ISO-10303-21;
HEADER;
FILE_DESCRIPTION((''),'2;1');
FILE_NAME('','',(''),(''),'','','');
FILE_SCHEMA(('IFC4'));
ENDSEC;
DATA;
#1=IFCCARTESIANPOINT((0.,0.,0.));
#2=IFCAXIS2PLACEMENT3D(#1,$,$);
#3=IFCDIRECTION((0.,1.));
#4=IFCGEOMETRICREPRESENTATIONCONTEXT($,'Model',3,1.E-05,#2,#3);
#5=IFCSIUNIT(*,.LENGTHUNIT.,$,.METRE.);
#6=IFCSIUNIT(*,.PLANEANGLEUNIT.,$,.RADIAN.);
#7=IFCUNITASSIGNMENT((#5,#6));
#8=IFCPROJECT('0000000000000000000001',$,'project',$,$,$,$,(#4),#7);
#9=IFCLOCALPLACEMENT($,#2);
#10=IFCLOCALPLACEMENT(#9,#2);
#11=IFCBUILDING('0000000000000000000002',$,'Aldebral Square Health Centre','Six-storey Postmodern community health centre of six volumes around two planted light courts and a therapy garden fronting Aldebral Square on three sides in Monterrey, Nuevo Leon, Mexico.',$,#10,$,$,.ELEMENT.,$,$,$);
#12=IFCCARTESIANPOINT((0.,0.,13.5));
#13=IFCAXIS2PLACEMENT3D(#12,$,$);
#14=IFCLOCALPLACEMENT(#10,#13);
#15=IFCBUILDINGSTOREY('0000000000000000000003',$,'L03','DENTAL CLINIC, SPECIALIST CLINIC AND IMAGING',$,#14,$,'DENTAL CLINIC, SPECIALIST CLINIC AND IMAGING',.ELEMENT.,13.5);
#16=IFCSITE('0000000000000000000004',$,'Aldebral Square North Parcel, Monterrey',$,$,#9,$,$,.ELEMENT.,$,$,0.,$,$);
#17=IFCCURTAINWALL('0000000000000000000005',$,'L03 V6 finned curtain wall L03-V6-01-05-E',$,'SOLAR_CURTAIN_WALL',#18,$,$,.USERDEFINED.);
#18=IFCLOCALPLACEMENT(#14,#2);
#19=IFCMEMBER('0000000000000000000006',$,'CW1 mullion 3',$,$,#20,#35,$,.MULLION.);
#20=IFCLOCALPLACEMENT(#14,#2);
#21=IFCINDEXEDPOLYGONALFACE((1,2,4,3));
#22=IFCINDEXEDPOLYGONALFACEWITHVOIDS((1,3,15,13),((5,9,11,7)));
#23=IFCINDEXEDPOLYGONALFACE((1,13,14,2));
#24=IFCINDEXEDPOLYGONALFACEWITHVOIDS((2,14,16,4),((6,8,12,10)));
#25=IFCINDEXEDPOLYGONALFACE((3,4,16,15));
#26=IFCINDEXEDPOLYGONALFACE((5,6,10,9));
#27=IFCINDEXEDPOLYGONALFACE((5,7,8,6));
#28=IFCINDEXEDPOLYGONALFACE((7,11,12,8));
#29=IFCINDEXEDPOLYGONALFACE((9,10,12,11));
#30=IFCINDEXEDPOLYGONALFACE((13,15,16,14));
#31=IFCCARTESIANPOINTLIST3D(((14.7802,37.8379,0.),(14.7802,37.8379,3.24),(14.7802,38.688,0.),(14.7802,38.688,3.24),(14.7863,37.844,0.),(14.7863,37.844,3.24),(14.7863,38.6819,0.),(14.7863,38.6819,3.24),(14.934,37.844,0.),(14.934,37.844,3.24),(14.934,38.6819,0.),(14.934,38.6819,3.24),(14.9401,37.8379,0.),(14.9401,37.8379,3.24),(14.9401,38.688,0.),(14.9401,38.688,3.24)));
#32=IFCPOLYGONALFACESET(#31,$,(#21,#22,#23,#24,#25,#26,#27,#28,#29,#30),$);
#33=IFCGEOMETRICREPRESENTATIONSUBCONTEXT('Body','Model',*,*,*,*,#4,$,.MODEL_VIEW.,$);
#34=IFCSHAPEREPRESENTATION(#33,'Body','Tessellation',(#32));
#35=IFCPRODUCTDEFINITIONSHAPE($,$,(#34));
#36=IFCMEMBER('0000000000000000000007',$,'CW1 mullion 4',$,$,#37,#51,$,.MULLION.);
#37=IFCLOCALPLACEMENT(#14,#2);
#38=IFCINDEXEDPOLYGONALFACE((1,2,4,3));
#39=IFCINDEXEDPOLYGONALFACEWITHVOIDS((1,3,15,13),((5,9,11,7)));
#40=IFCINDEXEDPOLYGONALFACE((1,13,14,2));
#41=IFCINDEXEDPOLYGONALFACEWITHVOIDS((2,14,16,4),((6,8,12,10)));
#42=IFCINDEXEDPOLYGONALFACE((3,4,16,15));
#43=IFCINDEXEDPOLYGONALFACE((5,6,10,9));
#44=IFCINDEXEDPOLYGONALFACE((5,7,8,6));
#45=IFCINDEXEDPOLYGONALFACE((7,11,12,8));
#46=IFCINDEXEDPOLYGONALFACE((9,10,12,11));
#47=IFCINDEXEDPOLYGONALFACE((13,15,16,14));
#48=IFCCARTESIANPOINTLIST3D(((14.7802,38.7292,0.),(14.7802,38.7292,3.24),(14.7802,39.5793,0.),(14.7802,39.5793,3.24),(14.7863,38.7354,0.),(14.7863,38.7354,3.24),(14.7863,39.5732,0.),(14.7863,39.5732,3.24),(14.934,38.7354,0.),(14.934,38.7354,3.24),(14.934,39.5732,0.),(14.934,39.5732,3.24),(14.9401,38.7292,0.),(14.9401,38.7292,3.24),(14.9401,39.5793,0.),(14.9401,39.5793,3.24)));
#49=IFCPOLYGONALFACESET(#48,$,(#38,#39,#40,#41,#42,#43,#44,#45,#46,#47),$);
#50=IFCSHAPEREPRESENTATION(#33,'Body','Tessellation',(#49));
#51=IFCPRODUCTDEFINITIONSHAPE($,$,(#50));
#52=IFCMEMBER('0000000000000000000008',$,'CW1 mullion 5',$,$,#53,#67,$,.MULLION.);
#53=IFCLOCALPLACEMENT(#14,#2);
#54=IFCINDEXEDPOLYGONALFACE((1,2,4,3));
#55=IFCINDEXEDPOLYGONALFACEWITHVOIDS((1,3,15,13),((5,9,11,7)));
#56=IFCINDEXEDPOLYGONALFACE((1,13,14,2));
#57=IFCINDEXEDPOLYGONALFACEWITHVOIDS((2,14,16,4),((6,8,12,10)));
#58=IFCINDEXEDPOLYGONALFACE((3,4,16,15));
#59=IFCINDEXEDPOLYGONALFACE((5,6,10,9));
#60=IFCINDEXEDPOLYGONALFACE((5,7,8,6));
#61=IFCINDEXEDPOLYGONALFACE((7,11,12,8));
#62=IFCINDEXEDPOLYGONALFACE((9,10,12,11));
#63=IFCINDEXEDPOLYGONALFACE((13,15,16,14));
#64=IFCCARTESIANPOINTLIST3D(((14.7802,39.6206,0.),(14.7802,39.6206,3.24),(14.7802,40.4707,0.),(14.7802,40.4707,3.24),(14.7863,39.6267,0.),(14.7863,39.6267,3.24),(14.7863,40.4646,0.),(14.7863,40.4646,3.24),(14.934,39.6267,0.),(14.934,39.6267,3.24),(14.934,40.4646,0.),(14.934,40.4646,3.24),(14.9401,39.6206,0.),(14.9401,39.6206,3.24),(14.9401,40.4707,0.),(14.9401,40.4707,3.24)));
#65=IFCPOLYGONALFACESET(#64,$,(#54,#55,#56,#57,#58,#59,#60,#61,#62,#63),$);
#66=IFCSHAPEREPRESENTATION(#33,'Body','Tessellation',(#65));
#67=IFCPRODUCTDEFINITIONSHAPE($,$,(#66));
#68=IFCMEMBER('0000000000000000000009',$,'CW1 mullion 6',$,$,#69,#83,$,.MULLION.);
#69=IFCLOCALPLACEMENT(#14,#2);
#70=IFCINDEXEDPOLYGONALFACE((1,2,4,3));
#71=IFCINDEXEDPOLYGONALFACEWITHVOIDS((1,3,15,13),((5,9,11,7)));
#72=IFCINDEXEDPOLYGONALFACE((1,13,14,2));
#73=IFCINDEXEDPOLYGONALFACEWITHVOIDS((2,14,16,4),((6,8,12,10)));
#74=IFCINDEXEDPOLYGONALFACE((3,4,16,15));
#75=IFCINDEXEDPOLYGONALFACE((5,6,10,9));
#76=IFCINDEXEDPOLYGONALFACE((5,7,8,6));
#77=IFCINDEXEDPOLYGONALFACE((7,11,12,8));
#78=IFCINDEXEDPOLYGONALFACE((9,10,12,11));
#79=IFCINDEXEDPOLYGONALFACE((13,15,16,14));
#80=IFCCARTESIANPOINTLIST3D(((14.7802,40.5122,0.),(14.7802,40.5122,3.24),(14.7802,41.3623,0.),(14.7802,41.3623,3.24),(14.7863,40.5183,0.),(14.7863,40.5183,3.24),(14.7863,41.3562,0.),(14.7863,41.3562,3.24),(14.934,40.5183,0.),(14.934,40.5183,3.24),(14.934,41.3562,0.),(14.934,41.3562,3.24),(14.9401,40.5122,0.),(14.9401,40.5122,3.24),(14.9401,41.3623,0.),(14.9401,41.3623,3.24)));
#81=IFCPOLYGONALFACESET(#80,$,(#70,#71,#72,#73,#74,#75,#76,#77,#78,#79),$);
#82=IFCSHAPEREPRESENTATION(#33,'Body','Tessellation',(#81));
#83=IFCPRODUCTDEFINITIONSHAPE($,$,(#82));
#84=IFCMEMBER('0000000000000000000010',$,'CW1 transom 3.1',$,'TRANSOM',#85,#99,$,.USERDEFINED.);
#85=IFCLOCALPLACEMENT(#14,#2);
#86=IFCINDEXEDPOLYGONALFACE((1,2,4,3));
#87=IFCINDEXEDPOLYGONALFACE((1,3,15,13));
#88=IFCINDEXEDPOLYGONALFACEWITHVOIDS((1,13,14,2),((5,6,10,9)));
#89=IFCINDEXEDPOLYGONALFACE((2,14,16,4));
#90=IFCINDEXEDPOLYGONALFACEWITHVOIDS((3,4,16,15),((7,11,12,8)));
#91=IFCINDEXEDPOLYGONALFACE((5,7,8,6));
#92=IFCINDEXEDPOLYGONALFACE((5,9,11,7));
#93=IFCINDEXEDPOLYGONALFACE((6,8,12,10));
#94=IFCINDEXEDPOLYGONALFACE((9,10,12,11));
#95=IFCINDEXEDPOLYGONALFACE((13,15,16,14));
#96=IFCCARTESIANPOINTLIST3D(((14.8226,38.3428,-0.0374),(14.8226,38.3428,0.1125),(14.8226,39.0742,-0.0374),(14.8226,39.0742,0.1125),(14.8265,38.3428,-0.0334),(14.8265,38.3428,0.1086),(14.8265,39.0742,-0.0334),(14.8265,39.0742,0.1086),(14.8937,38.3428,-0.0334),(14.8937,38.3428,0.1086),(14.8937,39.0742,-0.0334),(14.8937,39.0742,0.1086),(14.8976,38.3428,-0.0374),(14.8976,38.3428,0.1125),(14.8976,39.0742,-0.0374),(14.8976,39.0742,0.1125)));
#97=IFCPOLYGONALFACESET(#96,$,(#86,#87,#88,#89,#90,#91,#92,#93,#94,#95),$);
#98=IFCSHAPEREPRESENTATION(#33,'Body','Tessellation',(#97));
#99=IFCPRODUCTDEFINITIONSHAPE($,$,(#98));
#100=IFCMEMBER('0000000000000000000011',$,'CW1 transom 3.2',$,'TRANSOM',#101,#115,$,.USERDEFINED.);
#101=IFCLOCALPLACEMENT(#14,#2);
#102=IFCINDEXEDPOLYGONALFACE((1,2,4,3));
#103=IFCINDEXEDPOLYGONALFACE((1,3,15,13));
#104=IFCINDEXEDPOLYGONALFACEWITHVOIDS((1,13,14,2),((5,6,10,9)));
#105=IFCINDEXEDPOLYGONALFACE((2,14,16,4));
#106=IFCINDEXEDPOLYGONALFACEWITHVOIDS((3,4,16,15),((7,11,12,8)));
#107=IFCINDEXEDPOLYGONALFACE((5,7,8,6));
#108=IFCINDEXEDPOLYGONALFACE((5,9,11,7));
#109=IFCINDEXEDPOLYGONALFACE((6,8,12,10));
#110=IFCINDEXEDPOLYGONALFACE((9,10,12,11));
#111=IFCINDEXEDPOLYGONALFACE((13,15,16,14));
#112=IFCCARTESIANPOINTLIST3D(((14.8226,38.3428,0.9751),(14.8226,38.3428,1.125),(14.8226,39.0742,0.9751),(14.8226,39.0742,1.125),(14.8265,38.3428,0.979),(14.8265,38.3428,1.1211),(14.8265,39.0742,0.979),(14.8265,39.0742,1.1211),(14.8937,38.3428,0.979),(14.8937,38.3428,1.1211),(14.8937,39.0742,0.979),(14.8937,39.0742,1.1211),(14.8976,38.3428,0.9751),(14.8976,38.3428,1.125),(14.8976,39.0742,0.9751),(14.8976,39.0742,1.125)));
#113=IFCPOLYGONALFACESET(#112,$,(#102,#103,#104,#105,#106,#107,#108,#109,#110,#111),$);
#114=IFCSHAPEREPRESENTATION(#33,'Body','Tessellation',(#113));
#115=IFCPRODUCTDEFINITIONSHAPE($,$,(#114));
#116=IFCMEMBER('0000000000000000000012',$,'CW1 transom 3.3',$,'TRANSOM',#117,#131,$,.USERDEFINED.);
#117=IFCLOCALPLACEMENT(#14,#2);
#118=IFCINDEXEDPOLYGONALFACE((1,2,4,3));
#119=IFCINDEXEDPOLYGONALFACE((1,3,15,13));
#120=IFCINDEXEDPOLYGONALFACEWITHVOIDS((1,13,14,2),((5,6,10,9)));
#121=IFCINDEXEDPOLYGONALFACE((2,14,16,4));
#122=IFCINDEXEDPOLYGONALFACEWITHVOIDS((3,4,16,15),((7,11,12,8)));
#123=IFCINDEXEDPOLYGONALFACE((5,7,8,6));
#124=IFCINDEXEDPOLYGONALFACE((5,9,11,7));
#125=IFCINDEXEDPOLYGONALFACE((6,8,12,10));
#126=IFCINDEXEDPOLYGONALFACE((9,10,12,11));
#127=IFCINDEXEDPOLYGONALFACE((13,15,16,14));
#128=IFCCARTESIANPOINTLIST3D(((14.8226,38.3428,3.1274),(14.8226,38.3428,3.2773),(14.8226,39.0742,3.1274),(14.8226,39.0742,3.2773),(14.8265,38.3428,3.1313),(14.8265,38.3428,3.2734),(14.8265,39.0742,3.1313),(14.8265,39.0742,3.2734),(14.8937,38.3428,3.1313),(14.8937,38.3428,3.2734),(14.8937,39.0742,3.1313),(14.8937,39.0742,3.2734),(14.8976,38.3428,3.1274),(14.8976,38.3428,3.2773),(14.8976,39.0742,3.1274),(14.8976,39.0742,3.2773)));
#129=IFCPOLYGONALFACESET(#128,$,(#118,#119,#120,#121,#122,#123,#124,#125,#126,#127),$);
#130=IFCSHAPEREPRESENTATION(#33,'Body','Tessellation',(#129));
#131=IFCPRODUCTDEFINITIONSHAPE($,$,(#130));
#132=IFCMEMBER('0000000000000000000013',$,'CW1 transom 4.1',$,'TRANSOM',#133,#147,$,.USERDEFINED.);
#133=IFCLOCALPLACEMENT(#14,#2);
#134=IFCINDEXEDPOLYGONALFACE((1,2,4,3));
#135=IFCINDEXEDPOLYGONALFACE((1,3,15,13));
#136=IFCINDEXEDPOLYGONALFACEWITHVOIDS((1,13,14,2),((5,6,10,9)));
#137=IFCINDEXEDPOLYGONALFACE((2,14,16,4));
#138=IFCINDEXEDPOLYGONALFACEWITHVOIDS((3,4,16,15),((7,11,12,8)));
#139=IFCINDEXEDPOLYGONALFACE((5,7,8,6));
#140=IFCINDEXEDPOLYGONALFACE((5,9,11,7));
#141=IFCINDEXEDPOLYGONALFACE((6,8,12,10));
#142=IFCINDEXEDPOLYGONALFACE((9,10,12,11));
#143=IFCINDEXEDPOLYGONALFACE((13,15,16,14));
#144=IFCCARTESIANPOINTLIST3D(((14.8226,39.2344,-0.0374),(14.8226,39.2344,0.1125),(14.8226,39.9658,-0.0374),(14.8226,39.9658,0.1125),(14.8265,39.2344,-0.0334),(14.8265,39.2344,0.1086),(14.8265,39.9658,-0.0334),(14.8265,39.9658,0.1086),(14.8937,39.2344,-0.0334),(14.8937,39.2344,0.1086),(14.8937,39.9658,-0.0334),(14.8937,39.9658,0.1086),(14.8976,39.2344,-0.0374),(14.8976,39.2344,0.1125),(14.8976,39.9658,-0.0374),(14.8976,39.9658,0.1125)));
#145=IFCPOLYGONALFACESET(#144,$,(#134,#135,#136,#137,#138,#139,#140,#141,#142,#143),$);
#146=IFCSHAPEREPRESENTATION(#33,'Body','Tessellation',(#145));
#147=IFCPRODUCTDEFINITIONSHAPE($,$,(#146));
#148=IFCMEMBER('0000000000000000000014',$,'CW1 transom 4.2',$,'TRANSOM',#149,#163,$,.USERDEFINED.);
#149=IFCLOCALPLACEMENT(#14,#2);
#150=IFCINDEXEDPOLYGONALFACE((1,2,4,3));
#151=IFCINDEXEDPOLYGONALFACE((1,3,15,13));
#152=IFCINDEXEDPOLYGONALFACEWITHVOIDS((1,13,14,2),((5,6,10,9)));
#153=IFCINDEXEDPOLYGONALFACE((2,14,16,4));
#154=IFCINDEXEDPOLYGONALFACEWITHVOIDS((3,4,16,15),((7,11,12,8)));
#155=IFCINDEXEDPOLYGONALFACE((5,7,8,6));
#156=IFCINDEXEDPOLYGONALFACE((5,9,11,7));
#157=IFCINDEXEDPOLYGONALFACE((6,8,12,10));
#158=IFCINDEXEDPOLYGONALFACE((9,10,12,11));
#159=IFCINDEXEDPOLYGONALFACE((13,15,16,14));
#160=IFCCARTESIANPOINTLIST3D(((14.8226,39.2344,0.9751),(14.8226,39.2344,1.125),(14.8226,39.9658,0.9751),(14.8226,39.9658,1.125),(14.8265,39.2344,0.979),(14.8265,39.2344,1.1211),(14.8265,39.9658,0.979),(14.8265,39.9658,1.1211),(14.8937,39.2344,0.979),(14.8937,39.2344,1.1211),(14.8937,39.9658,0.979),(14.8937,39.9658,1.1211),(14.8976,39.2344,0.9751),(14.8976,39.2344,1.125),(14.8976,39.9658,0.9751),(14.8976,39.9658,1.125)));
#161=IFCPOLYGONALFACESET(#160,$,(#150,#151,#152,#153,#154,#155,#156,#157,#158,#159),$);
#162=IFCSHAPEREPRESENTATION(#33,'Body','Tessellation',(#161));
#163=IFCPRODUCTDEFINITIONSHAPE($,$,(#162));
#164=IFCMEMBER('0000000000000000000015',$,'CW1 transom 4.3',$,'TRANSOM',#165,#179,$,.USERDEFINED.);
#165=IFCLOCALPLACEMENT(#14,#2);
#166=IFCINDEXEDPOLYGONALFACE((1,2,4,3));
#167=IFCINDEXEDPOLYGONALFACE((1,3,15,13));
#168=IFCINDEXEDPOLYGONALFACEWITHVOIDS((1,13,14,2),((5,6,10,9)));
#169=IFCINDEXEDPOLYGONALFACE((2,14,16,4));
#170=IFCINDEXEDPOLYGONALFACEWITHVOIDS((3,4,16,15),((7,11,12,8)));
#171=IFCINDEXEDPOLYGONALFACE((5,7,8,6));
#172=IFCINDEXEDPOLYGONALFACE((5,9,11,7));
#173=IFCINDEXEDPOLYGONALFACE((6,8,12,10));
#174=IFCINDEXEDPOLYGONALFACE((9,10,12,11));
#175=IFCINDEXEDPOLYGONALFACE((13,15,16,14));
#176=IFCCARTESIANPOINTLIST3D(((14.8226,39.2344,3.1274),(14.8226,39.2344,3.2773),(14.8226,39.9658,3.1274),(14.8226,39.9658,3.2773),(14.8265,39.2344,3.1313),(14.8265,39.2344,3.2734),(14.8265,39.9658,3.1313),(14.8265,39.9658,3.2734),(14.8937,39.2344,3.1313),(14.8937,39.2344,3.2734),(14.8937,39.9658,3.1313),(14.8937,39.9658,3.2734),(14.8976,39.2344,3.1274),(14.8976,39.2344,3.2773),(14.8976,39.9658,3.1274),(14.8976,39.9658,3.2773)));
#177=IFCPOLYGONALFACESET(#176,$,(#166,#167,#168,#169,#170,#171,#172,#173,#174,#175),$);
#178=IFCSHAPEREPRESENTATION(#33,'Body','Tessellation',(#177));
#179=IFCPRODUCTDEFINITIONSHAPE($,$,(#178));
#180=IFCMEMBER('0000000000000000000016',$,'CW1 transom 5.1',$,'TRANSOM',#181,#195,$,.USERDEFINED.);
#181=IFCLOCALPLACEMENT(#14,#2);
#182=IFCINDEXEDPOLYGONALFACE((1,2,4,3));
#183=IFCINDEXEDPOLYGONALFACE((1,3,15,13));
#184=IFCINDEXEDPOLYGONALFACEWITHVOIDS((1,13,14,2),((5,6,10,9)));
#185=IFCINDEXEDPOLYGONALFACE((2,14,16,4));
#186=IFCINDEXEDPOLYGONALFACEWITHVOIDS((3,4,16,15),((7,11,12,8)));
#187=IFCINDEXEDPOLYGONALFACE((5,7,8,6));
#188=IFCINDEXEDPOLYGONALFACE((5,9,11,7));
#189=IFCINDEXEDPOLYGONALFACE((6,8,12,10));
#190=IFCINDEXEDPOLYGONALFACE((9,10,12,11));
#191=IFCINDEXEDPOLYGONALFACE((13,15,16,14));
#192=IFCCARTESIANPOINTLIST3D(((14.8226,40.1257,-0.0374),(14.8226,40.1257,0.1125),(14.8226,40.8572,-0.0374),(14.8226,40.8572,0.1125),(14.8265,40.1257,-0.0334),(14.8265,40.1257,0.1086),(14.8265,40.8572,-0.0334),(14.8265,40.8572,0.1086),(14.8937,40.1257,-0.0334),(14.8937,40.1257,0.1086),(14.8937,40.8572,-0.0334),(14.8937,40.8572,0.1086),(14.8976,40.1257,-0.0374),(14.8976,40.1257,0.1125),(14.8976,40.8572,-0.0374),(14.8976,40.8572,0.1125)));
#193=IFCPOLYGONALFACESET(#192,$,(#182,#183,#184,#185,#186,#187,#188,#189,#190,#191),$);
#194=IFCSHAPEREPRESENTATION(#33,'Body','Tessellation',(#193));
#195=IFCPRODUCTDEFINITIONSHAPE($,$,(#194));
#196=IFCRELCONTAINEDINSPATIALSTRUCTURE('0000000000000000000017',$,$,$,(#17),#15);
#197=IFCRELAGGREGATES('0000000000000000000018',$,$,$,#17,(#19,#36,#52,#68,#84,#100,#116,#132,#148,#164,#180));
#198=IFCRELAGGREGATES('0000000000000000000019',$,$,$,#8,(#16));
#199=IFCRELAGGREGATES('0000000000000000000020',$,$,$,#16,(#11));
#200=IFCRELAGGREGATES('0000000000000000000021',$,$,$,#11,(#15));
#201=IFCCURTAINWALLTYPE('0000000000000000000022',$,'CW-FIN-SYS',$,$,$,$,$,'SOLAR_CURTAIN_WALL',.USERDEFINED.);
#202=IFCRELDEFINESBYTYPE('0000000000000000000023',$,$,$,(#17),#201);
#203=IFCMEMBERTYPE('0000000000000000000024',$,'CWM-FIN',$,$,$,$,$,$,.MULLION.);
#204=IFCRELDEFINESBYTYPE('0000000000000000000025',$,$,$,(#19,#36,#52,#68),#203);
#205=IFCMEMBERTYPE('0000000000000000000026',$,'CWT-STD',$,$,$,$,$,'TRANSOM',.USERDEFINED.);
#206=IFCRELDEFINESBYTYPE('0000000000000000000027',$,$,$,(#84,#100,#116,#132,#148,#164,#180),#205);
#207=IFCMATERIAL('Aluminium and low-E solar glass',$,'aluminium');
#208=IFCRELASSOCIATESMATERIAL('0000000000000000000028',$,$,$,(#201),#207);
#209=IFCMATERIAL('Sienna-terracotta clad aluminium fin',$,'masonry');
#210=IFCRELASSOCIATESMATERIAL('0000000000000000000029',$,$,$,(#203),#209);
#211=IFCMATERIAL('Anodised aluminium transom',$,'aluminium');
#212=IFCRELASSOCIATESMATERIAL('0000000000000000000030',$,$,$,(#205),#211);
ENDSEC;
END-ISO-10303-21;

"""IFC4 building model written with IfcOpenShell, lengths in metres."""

from ifc_helpers import new_model, si_unit, direction, frame, origin, origin_2d, place, context, subcontext, project, spatial, hollow_rectangle, extrude, material, material_profile, profile_set, type_object, element, aggregate, save


model = new_model("IFC4")

# Units and contexts
model_context = context("Model", 3, precision=1e-05, world=origin(), true_north=direction((0.0, 1.0)))
body_context = subcontext(model_context, "Body", "Model", "MODEL_VIEW")
ifc_project = project(units=[si_unit("LENGTHUNIT", "METRE"), si_unit("PLANEANGLEUNIT", "RADIAN")], contexts=[model_context])

# Site, building, storey
site_placement = place(None, origin())
site = spatial("IfcSite", under=ifc_project, at=site_placement, Name="Aldebral Square North Parcel, Monterrey", CompositionType="ELEMENT", RefElevation=0.0)
building_placement = place(site_placement, origin())
building = spatial("IfcBuilding", under=site, at=building_placement, Name="Aldebral Square Health Centre", Description="Six-storey Postmodern community health centre of six volumes around two planted light courts and a therapy garden fronting Aldebral Square on three sides in Monterrey, Nuevo Leon, Mexico.", CompositionType="ELEMENT")
storey_placement = place(building_placement, frame((0.0, 0.0, 13.5)))
storey = spatial("IfcBuildingStorey", under=building, at=storey_placement, Name="L03", Description="DENTAL CLINIC, SPECIALIST CLINIC AND IMAGING", LongName="DENTAL CLINIC, SPECIALIST CLINIC AND IMAGING", CompositionType="ELEMENT", Elevation=13.5)

# Curtain wall, members
ifc_material_1 = material(Name="Aluminium and low-E solar glass", Category="aluminium")
curtain_wall_type = type_object("IfcCurtainWallType", Name="CW-FIN-SYS", ElementType="SOLAR_CURTAIN_WALL", PredefinedType="USERDEFINED", material=ifc_material_1)
curtain_wall_placement = place(storey_placement, origin())
curtain_wall = element("IfcCurtainWall", 1, at=curtain_wall_placement, inside=storey, type_object=curtain_wall_type, Name="L03 V6 finned curtain wall L03-V6-01-05-E", ObjectType="SOLAR_CURTAIN_WALL", PredefinedType="USERDEFINED")
ifc_material_2 = material(Name="Sienna-terracotta clad aluminium fin", Category="masonry")
ifc_material_profile_1 = material_profile(ifc_material_2, hollow_rectangle(XDim=0.1599, YDim=0.8501, WallThickness=0.0061, at=origin_2d()), Name="FIN 160x850x6")
ifc_profile_set_1 = profile_set([ifc_material_profile_1], Name="Sienna-terracotta clad aluminium fin")
member_type_1 = type_object("IfcMemberType", Name="CWM-FIN", PredefinedType="MULLION", material=ifc_profile_set_1)
member_1_placement = place(storey_placement, frame((14.8601, 38.2629, 0.0), z_axis=(0.0, 0.0, 1.0), x_axis=(-1.0, 0.0, 0.0)))
member_1 = element("IfcMember", 2, at=member_1_placement, type_object=member_type_1, Name="CW1 mullion 3", PredefinedType="MULLION", context=body_context, shape_type="SweptSolid", body=[
    extrude(hollow_rectangle(XDim=0.1599, YDim=0.8501, WallThickness=0.0061, at=origin_2d()), origin(), (0.0, 0.0, 1.0), 3.24),
])
member_2_placement = place(storey_placement, frame((14.8601, 39.1543, 0.0), z_axis=(0.0, 0.0, 1.0), x_axis=(-1.0, 0.0, 0.0)))
member_2 = element("IfcMember", 3, at=member_2_placement, type_object=member_type_1, Name="CW1 mullion 4", PredefinedType="MULLION", context=body_context, shape_type="SweptSolid", body=[
    extrude(hollow_rectangle(XDim=0.1599, YDim=0.8501, WallThickness=0.0061, at=origin_2d()), origin(), (0.0, 0.0, 1.0), 3.24),
])
member_3_placement = place(storey_placement, frame((14.8601, 40.0457, 0.0), z_axis=(0.0, 0.0, 1.0), x_axis=(-1.0, 0.0, 0.0)))
member_3 = element("IfcMember", 4, at=member_3_placement, type_object=member_type_1, Name="CW1 mullion 5", PredefinedType="MULLION", context=body_context, shape_type="SweptSolid", body=[
    extrude(hollow_rectangle(XDim=0.1599, YDim=0.8501, WallThickness=0.0061, at=origin_2d()), origin(), (0.0, 0.0, 1.0), 3.24),
])
member_4_placement = place(storey_placement, frame((14.8601, 40.9373, 0.0), z_axis=(0.0, 0.0, 1.0), x_axis=(-1.0, 0.0, 0.0)))
member_4 = element("IfcMember", 5, at=member_4_placement, type_object=member_type_1, Name="CW1 mullion 6", PredefinedType="MULLION", context=body_context, shape_type="SweptSolid", body=[
    extrude(hollow_rectangle(XDim=0.1599, YDim=0.8501, WallThickness=0.0061, at=origin_2d()), origin(), (0.0, 0.0, 1.0), 3.24),
])
ifc_material_3 = material(Name="Anodised aluminium transom", Category="aluminium")
ifc_material_profile_2 = material_profile(ifc_material_3, hollow_rectangle(XDim=0.075, YDim=0.1499, WallThickness=0.0039, at=origin_2d()), Name="CWT 75x150x4")
ifc_profile_set_2 = profile_set([ifc_material_profile_2], Name="Anodised aluminium transom")
member_type_2 = type_object("IfcMemberType", Name="CWT-STD", ElementType="TRANSOM", PredefinedType="USERDEFINED", material=ifc_profile_set_2)
member_5_placement = place(storey_placement, frame((14.8601, 38.3428, 0.0376), z_axis=(0.0, 1.0, 0.0), x_axis=(-1.0, 0.0, 0.0)))
member_5 = element("IfcMember", 6, at=member_5_placement, type_object=member_type_2, Name="CW1 transom 3.1", ObjectType="TRANSOM", PredefinedType="USERDEFINED", context=body_context, shape_type="SweptSolid", body=[
    extrude(hollow_rectangle(XDim=0.075, YDim=0.1499, WallThickness=0.0039, at=origin_2d()), origin(), (0.0, 0.0, 1.0), 0.7314),
])
member_6_placement = place(storey_placement, frame((14.8601, 38.3428, 1.05), z_axis=(0.0, 1.0, 0.0), x_axis=(-1.0, 0.0, 0.0)))
member_6 = element("IfcMember", 7, at=member_6_placement, type_object=member_type_2, Name="CW1 transom 3.2", ObjectType="TRANSOM", PredefinedType="USERDEFINED", context=body_context, shape_type="SweptSolid", body=[
    extrude(hollow_rectangle(XDim=0.075, YDim=0.1499, WallThickness=0.0039, at=origin_2d()), origin(), (0.0, 0.0, 1.0), 0.7314),
])
member_7_placement = place(storey_placement, frame((14.8601, 38.3428, 3.2024), z_axis=(0.0, 1.0, 0.0), x_axis=(-1.0, 0.0, 0.0)))
member_7 = element("IfcMember", 8, at=member_7_placement, type_object=member_type_2, Name="CW1 transom 3.3", ObjectType="TRANSOM", PredefinedType="USERDEFINED", context=body_context, shape_type="SweptSolid", body=[
    extrude(hollow_rectangle(XDim=0.075, YDim=0.1499, WallThickness=0.0039, at=origin_2d()), origin(), (0.0, 0.0, 1.0), 0.7314),
])
member_8_placement = place(storey_placement, frame((14.8601, 39.2344, 0.0376), z_axis=(0.0, 1.0, 0.0), x_axis=(-1.0, 0.0, 0.0)))
member_8 = element("IfcMember", 9, at=member_8_placement, type_object=member_type_2, Name="CW1 transom 4.1", ObjectType="TRANSOM", PredefinedType="USERDEFINED", context=body_context, shape_type="SweptSolid", body=[
    extrude(hollow_rectangle(XDim=0.075, YDim=0.1499, WallThickness=0.0039, at=origin_2d()), origin(), (0.0, 0.0, 1.0), 0.7314),
])
member_9_placement = place(storey_placement, frame((14.8601, 39.2344, 1.05), z_axis=(0.0, 1.0, 0.0), x_axis=(-1.0, 0.0, 0.0)))
member_9 = element("IfcMember", 10, at=member_9_placement, type_object=member_type_2, Name="CW1 transom 4.2", ObjectType="TRANSOM", PredefinedType="USERDEFINED", context=body_context, shape_type="SweptSolid", body=[
    extrude(hollow_rectangle(XDim=0.075, YDim=0.1499, WallThickness=0.0039, at=origin_2d()), origin(), (0.0, 0.0, 1.0), 0.7314),
])
member_10_placement = place(storey_placement, frame((14.8601, 39.2344, 3.2024), z_axis=(0.0, 1.0, 0.0), x_axis=(-1.0, 0.0, 0.0)))
member_10 = element("IfcMember", 11, at=member_10_placement, type_object=member_type_2, Name="CW1 transom 4.3", ObjectType="TRANSOM", PredefinedType="USERDEFINED", context=body_context, shape_type="SweptSolid", body=[
    extrude(hollow_rectangle(XDim=0.075, YDim=0.1499, WallThickness=0.0039, at=origin_2d()), origin(), (0.0, 0.0, 1.0), 0.7314),
])
member_11_placement = place(storey_placement, frame((14.8601, 40.1257, 0.0376), z_axis=(0.0, 1.0, 0.0), x_axis=(-1.0, 0.0, 0.0)))
member_11 = element("IfcMember", 12, at=member_11_placement, type_object=member_type_2, Name="CW1 transom 5.1", ObjectType="TRANSOM", PredefinedType="USERDEFINED", context=body_context, shape_type="SweptSolid", body=[
    extrude(hollow_rectangle(XDim=0.075, YDim=0.1499, WallThickness=0.0039, at=origin_2d()), origin(), (0.0, 0.0, 1.0), 0.7314),
])
aggregate(curtain_wall, [member_1, member_2, member_3, member_4, member_5, member_6, member_7, member_8, member_9, member_10, member_11])

save(model, "model.ifc")
